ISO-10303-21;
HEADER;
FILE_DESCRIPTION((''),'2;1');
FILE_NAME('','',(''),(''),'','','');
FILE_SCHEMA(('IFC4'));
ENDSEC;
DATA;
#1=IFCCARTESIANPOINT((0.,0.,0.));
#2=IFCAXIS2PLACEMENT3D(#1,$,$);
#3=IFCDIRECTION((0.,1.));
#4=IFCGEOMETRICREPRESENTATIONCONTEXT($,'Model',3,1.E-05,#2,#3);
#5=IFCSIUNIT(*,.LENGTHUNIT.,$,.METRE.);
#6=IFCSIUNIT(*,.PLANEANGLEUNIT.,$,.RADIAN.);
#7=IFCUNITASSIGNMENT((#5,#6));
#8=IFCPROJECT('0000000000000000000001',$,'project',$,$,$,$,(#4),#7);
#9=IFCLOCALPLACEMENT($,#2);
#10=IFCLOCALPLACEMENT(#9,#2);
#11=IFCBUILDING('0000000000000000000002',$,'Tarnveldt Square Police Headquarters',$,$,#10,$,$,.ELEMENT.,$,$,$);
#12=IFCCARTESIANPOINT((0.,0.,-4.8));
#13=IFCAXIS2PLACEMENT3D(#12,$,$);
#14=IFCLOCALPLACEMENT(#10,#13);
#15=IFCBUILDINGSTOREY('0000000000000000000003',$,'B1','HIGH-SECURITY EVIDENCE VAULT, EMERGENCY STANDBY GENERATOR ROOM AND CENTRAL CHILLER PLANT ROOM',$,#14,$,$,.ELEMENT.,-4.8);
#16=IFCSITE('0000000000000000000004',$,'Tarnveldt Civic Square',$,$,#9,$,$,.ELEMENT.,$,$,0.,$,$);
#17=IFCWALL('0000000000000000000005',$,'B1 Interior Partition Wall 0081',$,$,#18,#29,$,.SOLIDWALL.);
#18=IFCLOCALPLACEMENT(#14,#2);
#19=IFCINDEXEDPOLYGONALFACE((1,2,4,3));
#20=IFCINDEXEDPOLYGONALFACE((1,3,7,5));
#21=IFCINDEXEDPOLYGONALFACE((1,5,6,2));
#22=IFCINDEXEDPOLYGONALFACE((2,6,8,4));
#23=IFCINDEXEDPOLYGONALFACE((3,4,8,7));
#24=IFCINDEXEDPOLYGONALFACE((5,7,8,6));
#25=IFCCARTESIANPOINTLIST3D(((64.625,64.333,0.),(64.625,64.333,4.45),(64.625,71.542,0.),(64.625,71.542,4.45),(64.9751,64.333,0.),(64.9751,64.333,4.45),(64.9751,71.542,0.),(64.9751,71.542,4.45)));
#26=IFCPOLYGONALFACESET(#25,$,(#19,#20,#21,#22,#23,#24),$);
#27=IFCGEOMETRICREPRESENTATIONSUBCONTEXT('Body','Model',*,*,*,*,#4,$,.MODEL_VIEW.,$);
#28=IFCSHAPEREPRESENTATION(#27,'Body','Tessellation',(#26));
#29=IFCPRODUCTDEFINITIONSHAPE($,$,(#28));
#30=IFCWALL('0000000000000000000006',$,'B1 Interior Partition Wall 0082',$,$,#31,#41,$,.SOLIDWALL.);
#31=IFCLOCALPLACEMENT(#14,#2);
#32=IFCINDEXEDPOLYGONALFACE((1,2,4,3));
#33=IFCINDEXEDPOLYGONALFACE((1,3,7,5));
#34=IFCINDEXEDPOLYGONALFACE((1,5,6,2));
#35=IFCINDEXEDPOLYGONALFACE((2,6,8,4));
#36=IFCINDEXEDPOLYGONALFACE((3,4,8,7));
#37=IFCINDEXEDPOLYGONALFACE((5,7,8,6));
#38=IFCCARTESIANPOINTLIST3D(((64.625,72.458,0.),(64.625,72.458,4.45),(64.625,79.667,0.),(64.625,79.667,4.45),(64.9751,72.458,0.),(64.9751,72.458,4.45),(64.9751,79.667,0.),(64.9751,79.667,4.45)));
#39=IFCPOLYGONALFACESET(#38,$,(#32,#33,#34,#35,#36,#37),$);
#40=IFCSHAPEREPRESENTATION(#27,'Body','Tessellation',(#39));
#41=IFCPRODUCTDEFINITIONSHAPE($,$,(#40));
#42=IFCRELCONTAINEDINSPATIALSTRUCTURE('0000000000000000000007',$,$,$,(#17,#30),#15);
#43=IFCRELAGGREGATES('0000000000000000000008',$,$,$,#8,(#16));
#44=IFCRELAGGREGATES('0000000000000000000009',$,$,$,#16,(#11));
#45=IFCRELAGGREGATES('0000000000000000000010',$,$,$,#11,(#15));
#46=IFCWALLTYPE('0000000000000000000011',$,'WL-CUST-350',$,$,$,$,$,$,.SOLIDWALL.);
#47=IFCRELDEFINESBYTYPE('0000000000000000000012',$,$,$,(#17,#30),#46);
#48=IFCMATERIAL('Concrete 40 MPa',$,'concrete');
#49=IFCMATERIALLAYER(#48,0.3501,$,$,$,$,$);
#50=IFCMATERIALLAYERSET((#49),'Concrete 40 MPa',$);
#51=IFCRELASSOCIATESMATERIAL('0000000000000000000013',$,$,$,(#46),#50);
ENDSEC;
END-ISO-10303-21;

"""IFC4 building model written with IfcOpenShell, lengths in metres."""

from ifc_helpers import new_model, si_unit, direction, frame, frame_2d, origin, place, context, subcontext, project, spatial, rectangle, extrude, material, layer, layer_set, type_object, element, save


model = new_model("IFC4")

# Units and contexts
model_context = context("Model", 3, precision=1e-05, world=origin(), true_north=direction((0.0, 1.0)))
body_context = subcontext(model_context, "Body", "Model", "MODEL_VIEW")
ifc_project = project(units=[si_unit("LENGTHUNIT", "METRE"), si_unit("PLANEANGLEUNIT", "RADIAN")], contexts=[model_context])

# Site, building, storey
site_placement = place(None, origin())
site = spatial("IfcSite", under=ifc_project, at=site_placement, Name="Tarnveldt Civic Square", CompositionType="ELEMENT", RefElevation=0.0)
building_placement = place(site_placement, origin())
building = spatial("IfcBuilding", under=site, at=building_placement, Name="Tarnveldt Square Police Headquarters", CompositionType="ELEMENT")
storey_placement = place(building_placement, frame((0.0, 0.0, -4.8)))
storey = spatial("IfcBuildingStorey", under=building, at=storey_placement, Name="B1", Description="HIGH-SECURITY EVIDENCE VAULT, EMERGENCY STANDBY GENERATOR ROOM AND CENTRAL CHILLER PLANT ROOM", CompositionType="ELEMENT", Elevation=-4.8)

# Walls
ifc_material_1 = material(Name="Concrete 40 MPa", Category="concrete")
ifc_layer = layer(ifc_material_1, 0.3501)
ifc_layer_set = layer_set([ifc_layer], Name="Concrete 40 MPa")
wall_type = type_object("IfcWallType", Name="WL-CUST-350", PredefinedType="SOLIDWALL", material=ifc_layer_set)
for number, where, z_axis, x_axis, name in (
    (1, (64.8, 64.333, 0.0), (0.0, 0.0, 1.0), (0.0, 1.0, 0.0), "B1 Interior Partition Wall 0081"),
    (2, (64.8, 72.458, 0.0), (0.0, 0.0, 1.0), (0.0, 1.0, 0.0), "B1 Interior Partition Wall 0082"),
):
    element("IfcWall", number, at=place(storey_placement, frame(where, z_axis=z_axis, x_axis=x_axis)), inside=storey, type_object=wall_type, Name=name, PredefinedType="SOLIDWALL", context=body_context, shape_type="SweptSolid", body=[
        extrude(rectangle(XDim=7.209, YDim=0.3501, at=frame_2d((3.6045, 0.0))), origin(), (0.0, 0.0, 1.0), 4.45),
    ])

save(model, "model.ifc")
